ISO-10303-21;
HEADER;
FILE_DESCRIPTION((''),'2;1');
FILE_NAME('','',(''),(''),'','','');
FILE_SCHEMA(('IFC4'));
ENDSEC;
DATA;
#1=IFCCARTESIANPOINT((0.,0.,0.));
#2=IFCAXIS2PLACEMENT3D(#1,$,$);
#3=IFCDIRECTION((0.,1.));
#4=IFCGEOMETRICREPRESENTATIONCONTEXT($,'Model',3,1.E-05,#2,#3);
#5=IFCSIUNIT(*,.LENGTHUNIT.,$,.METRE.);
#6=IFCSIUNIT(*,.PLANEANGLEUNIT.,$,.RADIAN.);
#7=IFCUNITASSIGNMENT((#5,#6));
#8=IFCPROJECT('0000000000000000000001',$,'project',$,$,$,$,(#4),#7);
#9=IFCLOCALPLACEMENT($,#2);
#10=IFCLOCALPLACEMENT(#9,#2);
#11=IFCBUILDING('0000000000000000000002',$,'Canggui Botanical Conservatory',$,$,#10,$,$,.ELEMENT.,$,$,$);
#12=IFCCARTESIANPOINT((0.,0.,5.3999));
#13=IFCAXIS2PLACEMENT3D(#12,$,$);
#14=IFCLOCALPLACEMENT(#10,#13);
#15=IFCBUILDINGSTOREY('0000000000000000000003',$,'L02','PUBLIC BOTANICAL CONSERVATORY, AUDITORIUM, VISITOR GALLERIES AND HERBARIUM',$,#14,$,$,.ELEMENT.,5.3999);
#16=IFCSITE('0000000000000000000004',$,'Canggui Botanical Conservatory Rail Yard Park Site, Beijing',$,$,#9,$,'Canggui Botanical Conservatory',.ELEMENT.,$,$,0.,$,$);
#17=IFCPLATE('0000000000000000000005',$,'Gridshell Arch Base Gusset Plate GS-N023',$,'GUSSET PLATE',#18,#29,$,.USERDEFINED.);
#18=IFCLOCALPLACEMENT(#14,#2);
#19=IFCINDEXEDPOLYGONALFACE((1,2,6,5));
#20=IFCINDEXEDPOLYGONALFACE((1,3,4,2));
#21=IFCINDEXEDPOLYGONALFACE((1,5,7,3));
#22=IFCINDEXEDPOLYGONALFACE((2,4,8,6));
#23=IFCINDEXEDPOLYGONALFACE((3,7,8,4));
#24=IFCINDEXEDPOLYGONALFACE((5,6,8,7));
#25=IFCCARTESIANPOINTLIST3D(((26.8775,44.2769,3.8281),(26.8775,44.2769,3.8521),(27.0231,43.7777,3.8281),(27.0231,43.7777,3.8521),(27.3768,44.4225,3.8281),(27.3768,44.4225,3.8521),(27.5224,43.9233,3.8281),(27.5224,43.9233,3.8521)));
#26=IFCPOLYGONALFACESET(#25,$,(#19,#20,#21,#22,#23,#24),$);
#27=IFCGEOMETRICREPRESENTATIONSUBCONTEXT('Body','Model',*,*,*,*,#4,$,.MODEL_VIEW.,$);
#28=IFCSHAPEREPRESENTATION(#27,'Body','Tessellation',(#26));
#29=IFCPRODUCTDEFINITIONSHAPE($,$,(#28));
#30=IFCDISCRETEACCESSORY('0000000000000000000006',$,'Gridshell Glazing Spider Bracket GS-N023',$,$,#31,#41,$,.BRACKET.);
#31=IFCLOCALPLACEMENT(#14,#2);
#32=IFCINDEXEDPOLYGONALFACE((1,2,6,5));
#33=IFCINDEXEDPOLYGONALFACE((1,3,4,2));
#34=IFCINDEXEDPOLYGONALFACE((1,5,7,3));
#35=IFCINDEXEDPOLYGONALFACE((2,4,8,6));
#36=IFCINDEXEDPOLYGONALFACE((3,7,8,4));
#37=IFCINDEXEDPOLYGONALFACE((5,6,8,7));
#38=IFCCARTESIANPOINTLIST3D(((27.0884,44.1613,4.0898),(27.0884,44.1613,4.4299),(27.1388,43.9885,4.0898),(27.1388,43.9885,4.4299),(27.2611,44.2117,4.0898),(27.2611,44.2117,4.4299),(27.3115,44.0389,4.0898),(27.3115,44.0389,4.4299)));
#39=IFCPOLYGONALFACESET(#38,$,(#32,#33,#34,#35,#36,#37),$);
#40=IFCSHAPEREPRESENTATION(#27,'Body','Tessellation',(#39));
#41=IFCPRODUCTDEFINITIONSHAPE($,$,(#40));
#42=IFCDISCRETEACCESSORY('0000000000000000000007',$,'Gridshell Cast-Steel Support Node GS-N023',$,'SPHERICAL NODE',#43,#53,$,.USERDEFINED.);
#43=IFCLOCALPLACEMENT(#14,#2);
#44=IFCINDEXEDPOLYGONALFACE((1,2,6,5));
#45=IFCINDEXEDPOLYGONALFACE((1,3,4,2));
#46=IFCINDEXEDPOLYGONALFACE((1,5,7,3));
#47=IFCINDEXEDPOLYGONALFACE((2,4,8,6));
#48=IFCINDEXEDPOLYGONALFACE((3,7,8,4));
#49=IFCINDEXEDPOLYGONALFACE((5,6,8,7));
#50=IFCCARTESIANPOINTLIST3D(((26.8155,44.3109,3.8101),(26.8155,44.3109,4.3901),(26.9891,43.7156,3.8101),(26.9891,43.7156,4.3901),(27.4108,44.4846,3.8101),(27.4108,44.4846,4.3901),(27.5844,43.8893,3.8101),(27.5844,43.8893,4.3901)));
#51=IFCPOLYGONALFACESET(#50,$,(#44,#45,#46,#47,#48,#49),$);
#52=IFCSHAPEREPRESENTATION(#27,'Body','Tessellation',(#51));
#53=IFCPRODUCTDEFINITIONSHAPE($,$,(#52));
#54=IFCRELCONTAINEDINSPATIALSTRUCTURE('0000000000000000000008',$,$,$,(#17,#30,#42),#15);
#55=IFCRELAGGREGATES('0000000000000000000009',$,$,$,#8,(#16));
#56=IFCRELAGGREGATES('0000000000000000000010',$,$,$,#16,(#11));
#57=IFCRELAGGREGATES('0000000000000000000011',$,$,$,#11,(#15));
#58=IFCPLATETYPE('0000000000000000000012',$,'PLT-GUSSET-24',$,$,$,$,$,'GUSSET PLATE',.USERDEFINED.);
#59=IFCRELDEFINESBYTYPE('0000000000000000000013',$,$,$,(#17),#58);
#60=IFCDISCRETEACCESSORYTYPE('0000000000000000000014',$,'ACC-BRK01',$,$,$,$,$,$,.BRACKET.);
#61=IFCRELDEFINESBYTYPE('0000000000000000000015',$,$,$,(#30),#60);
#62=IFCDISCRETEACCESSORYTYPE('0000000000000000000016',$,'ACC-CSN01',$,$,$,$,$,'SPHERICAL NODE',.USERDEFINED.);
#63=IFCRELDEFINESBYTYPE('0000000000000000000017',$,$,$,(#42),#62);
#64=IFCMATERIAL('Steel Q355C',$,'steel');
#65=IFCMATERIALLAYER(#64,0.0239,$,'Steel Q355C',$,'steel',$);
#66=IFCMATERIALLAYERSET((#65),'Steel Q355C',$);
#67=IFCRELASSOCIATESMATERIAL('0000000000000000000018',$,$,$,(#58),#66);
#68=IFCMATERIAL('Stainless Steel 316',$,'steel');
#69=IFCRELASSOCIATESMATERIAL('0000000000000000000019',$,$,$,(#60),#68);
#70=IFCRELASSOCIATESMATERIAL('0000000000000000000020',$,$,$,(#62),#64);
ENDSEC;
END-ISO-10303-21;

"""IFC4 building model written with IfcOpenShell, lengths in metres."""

from ifc_helpers import new_model, si_unit, direction, frame, origin, origin_2d, place, context, subcontext, project, spatial, rectangle, extrude, material, layer, layer_set, type_object, element, save


model = new_model("IFC4")

# Units and contexts
model_context = context("Model", 3, precision=1e-05, world=origin(), true_north=direction((0.0, 1.0)))
body_context = subcontext(model_context, "Body", "Model", "MODEL_VIEW")
ifc_project = project(units=[si_unit("LENGTHUNIT", "METRE"), si_unit("PLANEANGLEUNIT", "RADIAN")], contexts=[model_context])

# Site, building, storey
site_placement = place(None, origin())
site = spatial("IfcSite", under=ifc_project, at=site_placement, Name="Canggui Botanical Conservatory Rail Yard Park Site, Beijing", LongName="Canggui Botanical Conservatory", CompositionType="ELEMENT", RefElevation=0.0)
building_placement = place(site_placement, origin())
building = spatial("IfcBuilding", under=site, at=building_placement, Name="Canggui Botanical Conservatory", CompositionType="ELEMENT")
storey_placement = place(building_placement, frame((0.0, 0.0, 5.3999)))
storey = spatial("IfcBuildingStorey", under=building, at=storey_placement, Name="L02", Description="PUBLIC BOTANICAL CONSERVATORY, AUDITORIUM, VISITOR GALLERIES AND HERBARIUM", CompositionType="ELEMENT", Elevation=5.3999)

# Shared definitions
ifc_material_1 = material(Name="Steel Q355C", Category="steel")

# Plate
ifc_layer_1 = layer(ifc_material_1, 0.0239, Name="Steel Q355C", Category="steel")
ifc_layer_set_1 = layer_set([ifc_layer_1], Name="Steel Q355C")
plate_type_1 = type_object("IfcPlateType", Name="PLT-GUSSET-24", ElementType="GUSSET PLATE", PredefinedType="USERDEFINED", material=ifc_layer_set_1)
plate_1_placement = place(storey_placement, frame((27.2, 44.1001, 3.8281), z_axis=(0.0, 0.0, 1.0), x_axis=(0.96, 0.28, 0.0)))
element("IfcPlate", 1, at=plate_1_placement, inside=storey, type_object=plate_type_1, Name="Gridshell Arch Base Gusset Plate GS-N023", ObjectType="GUSSET PLATE", PredefinedType="USERDEFINED", context=body_context, shape_type="SweptSolid", body=[
    extrude(rectangle(XDim=0.52, YDim=0.52, at=origin_2d()), origin(), (0.0, 0.0, 1.0), 0.0239),
])

# Discrete accessories
ifc_material_2 = material(Name="Stainless Steel 316", Category="steel")
discrete_accessory_type_1 = type_object("IfcDiscreteAccessoryType", Name="ACC-BRK01", PredefinedType="BRACKET", material=ifc_material_2)
discrete_accessory_1_placement = place(storey_placement, frame((27.2, 44.1001, 4.0898), z_axis=(0.0, 0.0, 1.0), x_axis=(0.96, 0.28, 0.0)))
element("IfcDiscreteAccessory", 2, at=discrete_accessory_1_placement, inside=storey, type_object=discrete_accessory_type_1, Name="Gridshell Glazing Spider Bracket GS-N023", PredefinedType="BRACKET", context=body_context, shape_type="SweptSolid", body=[
    extrude(rectangle(XDim=0.1799, YDim=0.1799, at=origin_2d()), origin(), (0.0, 0.0, 1.0), 0.3401),
])
discrete_accessory_type_2 = type_object("IfcDiscreteAccessoryType", Name="ACC-CSN01", ElementType="SPHERICAL NODE", PredefinedType="USERDEFINED", material=ifc_material_1)
discrete_accessory_2_placement = place(storey_placement, frame((27.2, 44.1001, 3.8101), z_axis=(0.0, 0.0, 1.0), x_axis=(0.96, 0.28, 0.0)))
element("IfcDiscreteAccessory", 3, at=discrete_accessory_2_placement, inside=storey, type_object=discrete_accessory_type_2, Name="Gridshell Cast-Steel Support Node GS-N023", ObjectType="SPHERICAL NODE", PredefinedType="USERDEFINED", context=body_context, shape_type="SweptSolid", body=[
    extrude(rectangle(XDim=0.6201, YDim=0.6201, at=origin_2d()), origin(), (0.0, 0.0, 1.0), 0.5801),
])

save(model, "model.ifc")
